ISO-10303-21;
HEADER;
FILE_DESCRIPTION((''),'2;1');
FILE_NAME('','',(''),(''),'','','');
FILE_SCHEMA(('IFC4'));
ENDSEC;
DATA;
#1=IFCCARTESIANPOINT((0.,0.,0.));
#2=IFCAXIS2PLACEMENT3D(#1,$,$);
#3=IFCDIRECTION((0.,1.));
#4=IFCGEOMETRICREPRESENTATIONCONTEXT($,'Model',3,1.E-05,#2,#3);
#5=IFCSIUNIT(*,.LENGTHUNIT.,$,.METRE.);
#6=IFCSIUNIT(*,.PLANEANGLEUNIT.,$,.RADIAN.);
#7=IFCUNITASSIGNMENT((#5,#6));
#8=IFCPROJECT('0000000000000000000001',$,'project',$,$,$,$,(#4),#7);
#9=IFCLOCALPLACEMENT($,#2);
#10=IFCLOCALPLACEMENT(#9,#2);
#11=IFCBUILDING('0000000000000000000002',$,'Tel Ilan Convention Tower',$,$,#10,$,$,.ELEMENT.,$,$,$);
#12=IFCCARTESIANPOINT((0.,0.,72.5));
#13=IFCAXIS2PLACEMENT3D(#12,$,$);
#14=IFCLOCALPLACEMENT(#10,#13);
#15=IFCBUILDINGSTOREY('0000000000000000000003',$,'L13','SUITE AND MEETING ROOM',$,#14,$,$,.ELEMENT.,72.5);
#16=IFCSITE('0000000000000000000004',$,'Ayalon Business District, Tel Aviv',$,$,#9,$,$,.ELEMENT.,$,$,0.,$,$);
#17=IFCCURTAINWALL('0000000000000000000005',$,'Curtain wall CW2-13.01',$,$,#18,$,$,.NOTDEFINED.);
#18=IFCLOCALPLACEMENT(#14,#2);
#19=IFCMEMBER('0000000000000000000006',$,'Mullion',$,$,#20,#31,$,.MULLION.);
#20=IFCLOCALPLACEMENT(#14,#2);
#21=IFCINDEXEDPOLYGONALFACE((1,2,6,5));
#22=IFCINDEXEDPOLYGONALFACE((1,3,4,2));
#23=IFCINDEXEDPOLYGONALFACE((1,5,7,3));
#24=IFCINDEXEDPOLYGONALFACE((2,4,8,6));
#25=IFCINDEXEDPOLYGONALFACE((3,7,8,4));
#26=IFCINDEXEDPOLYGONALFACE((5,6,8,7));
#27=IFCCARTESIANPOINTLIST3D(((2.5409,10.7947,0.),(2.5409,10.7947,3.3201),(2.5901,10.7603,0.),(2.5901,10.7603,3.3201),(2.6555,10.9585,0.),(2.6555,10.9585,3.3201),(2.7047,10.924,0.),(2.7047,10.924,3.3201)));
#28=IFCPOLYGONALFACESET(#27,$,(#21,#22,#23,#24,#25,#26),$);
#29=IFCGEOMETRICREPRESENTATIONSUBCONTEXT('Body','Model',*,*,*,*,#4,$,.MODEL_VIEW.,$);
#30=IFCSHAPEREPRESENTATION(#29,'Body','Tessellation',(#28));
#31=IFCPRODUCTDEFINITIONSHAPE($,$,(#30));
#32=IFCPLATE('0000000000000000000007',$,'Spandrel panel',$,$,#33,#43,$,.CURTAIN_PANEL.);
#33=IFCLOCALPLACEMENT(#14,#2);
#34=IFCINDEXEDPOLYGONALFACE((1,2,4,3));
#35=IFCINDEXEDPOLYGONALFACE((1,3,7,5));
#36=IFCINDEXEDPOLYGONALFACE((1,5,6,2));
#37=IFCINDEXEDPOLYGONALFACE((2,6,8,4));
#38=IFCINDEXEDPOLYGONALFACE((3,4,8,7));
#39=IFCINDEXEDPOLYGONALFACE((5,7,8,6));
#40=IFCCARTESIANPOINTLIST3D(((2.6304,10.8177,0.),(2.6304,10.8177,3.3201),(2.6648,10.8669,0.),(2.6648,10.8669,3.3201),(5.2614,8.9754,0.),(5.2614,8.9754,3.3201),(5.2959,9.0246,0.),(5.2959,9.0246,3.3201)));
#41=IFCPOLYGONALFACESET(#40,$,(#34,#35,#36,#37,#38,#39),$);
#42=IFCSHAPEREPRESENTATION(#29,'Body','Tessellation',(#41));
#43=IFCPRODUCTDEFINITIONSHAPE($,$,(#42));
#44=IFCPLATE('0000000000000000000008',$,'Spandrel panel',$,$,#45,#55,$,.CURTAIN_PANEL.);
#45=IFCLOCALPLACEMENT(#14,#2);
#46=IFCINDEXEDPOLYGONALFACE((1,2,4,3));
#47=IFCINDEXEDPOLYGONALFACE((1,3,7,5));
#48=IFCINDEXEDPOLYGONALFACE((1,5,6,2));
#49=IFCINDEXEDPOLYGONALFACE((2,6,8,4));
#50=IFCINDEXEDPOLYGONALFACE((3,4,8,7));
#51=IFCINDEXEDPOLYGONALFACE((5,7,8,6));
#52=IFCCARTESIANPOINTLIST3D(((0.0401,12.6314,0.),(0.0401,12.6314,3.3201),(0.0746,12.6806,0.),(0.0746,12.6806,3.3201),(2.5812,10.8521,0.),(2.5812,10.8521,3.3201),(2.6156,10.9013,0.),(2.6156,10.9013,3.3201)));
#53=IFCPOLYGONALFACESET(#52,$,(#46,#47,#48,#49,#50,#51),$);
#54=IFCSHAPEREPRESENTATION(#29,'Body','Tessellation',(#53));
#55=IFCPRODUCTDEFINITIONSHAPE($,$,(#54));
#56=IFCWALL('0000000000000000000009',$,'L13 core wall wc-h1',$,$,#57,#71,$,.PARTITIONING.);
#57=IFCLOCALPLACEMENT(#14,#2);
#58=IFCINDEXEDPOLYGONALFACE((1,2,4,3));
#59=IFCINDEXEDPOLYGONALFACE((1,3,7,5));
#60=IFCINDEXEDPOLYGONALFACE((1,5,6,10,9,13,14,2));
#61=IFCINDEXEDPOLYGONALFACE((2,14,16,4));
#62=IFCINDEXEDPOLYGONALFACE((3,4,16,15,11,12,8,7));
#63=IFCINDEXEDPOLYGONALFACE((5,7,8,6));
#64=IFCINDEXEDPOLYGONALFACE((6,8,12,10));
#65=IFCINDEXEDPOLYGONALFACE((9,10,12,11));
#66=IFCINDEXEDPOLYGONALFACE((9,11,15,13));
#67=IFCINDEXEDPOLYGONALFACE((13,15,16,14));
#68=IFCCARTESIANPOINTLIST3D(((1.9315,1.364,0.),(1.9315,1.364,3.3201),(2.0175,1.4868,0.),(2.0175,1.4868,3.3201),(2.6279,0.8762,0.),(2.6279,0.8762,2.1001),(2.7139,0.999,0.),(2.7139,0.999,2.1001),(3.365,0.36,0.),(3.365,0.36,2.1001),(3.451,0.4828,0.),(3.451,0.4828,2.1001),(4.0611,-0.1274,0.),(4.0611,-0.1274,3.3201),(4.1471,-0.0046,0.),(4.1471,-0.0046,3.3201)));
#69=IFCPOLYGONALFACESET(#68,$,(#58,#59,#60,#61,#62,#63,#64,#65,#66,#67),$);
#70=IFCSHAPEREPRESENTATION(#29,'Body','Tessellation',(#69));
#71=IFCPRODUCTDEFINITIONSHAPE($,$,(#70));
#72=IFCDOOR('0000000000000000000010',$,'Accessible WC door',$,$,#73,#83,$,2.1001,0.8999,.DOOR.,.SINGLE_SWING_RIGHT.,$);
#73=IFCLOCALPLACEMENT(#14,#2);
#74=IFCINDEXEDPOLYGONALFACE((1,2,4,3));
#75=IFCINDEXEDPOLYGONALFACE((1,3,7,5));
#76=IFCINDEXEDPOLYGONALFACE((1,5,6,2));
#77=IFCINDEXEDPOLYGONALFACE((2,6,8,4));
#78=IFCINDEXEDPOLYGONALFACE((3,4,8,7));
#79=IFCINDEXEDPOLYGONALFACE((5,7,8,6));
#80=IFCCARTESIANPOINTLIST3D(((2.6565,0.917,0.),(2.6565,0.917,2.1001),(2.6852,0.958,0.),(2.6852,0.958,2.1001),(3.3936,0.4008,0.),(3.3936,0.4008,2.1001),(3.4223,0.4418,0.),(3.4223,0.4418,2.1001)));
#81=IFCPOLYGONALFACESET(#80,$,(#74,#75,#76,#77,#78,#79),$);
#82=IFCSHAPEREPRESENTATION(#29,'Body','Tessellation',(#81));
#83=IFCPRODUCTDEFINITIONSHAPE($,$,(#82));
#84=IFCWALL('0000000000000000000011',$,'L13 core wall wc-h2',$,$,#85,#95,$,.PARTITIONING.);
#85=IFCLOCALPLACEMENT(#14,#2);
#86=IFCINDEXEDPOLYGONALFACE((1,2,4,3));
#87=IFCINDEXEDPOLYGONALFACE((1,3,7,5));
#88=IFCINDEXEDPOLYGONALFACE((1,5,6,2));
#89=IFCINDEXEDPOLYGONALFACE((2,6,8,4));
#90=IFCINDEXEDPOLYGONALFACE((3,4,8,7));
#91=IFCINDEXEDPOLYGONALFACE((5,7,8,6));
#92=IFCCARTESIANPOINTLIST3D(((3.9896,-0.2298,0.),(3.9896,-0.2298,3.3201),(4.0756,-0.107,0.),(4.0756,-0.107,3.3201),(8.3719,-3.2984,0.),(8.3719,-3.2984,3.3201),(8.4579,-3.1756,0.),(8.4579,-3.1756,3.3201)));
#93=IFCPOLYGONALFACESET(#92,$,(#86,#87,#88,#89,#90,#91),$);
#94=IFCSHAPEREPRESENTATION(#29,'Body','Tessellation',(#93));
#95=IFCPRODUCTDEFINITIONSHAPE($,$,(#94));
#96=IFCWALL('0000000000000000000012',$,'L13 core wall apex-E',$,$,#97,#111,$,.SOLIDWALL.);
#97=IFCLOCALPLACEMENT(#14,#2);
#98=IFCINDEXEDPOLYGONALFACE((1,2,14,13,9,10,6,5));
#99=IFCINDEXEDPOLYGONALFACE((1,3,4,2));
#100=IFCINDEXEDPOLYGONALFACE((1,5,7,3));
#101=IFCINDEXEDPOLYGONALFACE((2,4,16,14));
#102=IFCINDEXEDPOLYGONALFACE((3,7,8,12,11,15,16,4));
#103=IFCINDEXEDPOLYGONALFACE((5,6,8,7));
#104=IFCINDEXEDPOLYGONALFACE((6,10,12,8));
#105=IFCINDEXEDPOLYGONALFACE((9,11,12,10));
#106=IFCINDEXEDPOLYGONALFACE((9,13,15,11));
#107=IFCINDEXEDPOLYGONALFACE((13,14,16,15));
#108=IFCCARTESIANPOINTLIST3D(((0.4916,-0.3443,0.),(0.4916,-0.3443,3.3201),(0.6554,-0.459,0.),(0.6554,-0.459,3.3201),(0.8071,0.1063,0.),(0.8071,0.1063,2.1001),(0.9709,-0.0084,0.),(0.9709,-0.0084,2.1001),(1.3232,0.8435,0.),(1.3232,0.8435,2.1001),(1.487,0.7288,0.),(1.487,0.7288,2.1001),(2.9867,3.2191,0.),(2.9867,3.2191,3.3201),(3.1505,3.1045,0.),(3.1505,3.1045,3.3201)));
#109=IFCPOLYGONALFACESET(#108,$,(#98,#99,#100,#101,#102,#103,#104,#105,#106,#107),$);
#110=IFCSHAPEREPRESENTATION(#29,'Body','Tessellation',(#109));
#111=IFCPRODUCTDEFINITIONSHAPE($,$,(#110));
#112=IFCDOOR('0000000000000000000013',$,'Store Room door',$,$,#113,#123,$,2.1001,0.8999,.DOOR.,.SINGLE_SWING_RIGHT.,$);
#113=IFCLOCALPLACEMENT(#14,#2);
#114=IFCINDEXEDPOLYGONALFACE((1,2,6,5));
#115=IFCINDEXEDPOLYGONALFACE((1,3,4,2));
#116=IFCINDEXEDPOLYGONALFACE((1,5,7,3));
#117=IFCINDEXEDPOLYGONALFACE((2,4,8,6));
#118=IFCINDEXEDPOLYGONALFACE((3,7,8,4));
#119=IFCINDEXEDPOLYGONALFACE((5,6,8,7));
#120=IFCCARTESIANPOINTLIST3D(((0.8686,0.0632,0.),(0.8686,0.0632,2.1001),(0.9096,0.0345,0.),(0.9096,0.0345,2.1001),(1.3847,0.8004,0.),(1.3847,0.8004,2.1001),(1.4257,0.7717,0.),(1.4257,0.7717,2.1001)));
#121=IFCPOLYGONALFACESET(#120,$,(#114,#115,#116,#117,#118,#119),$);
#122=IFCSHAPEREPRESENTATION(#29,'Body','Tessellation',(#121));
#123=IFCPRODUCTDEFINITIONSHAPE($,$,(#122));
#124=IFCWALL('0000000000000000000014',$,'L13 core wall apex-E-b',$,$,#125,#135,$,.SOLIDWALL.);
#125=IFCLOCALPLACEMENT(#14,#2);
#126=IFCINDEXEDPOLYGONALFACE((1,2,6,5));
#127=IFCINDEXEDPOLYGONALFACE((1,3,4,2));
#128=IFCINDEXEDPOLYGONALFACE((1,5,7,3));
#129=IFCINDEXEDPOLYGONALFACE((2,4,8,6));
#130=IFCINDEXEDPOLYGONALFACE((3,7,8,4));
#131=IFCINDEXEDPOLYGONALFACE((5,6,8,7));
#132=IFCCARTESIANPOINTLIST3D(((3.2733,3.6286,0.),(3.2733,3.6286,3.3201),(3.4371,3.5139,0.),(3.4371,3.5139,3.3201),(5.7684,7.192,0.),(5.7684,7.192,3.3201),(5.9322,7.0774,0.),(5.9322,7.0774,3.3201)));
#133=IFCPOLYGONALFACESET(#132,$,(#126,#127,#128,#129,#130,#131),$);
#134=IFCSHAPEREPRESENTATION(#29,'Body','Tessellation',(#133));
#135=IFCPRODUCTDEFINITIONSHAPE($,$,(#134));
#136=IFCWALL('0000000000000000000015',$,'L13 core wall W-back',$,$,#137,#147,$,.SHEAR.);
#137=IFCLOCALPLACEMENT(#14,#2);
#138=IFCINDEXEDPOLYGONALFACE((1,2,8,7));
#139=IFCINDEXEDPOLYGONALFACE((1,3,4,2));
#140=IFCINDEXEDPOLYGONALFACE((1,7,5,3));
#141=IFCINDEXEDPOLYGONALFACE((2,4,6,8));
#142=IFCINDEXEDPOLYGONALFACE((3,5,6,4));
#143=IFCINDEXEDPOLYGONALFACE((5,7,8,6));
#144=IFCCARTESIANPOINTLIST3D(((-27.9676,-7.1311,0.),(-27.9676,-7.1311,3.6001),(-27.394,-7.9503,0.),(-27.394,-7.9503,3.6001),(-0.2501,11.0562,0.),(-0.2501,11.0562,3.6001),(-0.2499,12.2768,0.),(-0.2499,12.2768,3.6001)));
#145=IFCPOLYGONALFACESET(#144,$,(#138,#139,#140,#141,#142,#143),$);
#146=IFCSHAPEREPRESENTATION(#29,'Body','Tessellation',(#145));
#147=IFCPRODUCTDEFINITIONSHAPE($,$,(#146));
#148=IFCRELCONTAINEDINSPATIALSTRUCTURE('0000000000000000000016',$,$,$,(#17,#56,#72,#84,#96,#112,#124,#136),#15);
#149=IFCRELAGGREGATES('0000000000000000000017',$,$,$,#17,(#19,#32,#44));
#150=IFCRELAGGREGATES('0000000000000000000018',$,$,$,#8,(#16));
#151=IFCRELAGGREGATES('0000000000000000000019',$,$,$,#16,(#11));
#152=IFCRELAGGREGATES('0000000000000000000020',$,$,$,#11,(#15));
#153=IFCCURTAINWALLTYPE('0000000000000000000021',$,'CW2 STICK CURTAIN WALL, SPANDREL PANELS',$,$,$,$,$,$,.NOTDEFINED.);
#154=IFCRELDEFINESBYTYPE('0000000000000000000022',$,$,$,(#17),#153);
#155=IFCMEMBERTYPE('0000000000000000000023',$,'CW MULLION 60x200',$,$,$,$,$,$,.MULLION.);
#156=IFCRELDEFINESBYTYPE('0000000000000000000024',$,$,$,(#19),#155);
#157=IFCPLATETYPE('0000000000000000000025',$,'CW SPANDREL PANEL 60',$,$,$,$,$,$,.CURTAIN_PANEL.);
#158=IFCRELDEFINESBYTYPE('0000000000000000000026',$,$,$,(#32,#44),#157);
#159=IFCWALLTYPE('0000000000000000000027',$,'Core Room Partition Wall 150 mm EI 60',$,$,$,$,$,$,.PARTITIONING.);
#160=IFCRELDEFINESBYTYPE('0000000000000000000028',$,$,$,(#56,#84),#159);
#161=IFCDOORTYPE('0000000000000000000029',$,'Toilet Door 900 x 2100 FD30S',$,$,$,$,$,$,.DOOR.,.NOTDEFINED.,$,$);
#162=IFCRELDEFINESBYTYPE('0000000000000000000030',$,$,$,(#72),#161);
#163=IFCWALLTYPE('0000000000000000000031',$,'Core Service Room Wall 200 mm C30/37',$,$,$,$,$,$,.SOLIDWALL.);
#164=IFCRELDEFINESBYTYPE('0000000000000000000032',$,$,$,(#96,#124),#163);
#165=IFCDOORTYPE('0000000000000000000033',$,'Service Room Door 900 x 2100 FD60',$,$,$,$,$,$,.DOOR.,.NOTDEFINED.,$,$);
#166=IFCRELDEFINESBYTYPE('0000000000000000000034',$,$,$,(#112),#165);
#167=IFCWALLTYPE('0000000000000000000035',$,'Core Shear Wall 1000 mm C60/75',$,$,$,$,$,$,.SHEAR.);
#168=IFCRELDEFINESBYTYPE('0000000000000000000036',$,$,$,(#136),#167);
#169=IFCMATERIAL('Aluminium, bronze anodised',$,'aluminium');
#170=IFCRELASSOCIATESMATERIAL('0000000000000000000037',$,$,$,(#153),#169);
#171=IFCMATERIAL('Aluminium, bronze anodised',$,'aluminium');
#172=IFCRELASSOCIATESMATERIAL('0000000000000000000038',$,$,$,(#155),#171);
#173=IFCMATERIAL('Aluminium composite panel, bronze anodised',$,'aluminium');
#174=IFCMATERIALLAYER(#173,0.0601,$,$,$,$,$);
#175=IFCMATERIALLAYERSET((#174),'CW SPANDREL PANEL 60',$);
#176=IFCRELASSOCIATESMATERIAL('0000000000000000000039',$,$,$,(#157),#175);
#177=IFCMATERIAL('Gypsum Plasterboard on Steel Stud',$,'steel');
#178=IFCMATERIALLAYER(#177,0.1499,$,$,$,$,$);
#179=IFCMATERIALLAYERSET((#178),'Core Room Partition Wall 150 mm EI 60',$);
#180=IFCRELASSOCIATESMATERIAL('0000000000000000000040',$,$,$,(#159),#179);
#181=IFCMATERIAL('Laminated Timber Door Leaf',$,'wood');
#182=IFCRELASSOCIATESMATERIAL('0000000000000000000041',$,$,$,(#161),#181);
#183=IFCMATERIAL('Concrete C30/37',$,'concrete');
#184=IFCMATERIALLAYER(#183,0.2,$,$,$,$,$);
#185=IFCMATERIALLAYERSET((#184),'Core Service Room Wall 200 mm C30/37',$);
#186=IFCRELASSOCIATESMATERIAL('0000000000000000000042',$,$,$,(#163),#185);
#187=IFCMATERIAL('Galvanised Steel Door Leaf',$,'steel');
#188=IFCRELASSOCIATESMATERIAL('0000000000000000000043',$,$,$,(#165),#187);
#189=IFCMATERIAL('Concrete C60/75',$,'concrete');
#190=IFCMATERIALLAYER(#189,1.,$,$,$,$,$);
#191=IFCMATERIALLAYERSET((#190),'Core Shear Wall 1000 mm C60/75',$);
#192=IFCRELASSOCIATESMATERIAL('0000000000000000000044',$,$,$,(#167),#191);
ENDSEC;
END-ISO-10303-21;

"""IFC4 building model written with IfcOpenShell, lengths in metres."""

from ifc_helpers import new_model, si_unit, direction, frame, frame_2d, origin, origin_2d, place, context, subcontext, project, spatial, polyline, rectangle, outline, extrude, material, layer, layer_set, material_profile, profile_set, type_object, element, fill, aggregate, save


model = new_model("IFC4")

# Units and contexts
model_context = context("Model", 3, precision=1e-05, world=origin(), true_north=direction((0.0, 1.0)))
body_context = subcontext(model_context, "Body", "Model", "MODEL_VIEW")
ifc_project = project(units=[si_unit("LENGTHUNIT", "METRE"), si_unit("PLANEANGLEUNIT", "RADIAN")], contexts=[model_context])

# Site, building, storey
site_placement = place(None, origin())
site = spatial("IfcSite", under=ifc_project, at=site_placement, Name="Ayalon Business District, Tel Aviv", CompositionType="ELEMENT", RefElevation=0.0)
building_placement = place(site_placement, origin())
building = spatial("IfcBuilding", under=site, at=building_placement, Name="Tel Ilan Convention Tower", CompositionType="ELEMENT")
storey_placement = place(building_placement, frame((0.0, 0.0, 72.5)))
storey = spatial("IfcBuildingStorey", under=building, at=storey_placement, Name="L13", Description="SUITE AND MEETING ROOM", CompositionType="ELEMENT", Elevation=72.5)

# Curtain wall, member, plates
ifc_material_1 = material(Name="Aluminium, bronze anodised", Category="aluminium")
curtain_wall_type = type_object("IfcCurtainWallType", Name="CW2 STICK CURTAIN WALL, SPANDREL PANELS", PredefinedType="NOTDEFINED", material=ifc_material_1)
curtain_wall_placement = place(storey_placement, origin())
curtain_wall = element("IfcCurtainWall", 1, at=curtain_wall_placement, inside=storey, type_object=curtain_wall_type, Name="Curtain wall CW2-13.01", PredefinedType="NOTDEFINED")
ifc_material_2 = material(Name="Aluminium, bronze anodised", Category="aluminium")
ifc_material_profile = material_profile(ifc_material_2, rectangle(XDim=0.0601, YDim=0.2, at=origin_2d()), Name="CW MULLION 60x200")
ifc_profile_set = profile_set([ifc_material_profile], Name="Aluminium, bronze anodised")
member_type = type_object("IfcMemberType", Name="CW MULLION 60x200", PredefinedType="MULLION", material=ifc_profile_set)
member_placement = place(storey_placement, frame((2.6228, 10.8594, 0.0), z_axis=(0.0, 0.0, 1.0), x_axis=(-0.819152, 0.573576, 0.0)))
member = element("IfcMember", 2, at=member_placement, type_object=member_type, Name="Mullion", PredefinedType="MULLION", context=body_context, shape_type="SweptSolid", body=[
    extrude(rectangle(XDim=0.0601, YDim=0.2, at=origin_2d()), origin(), (0.0, 0.0, 1.0), 3.3201),
])
ifc_material_3 = material(Name="Aluminium composite panel, bronze anodised", Category="aluminium")
ifc_layer_1 = layer(ifc_material_3, 0.0601)
ifc_layer_set_1 = layer_set([ifc_layer_1], Name="CW SPANDREL PANEL 60")
plate_type = type_object("IfcPlateType", Name="CW SPANDREL PANEL 60", PredefinedType="CURTAIN_PANEL", material=ifc_layer_set_1)
plate_1_placement = place(storey_placement, frame((3.9631, 9.9211, 0.0), z_axis=(0.0, 0.0, 1.0), x_axis=(-0.819152, 0.573576, 0.0)))
plate_1 = element("IfcPlate", 3, at=plate_1_placement, type_object=plate_type, Name="Spandrel panel", PredefinedType="CURTAIN_PANEL", context=body_context, shape_type="SweptSolid", body=[
    extrude(rectangle(XDim=3.2119, YDim=0.0601, at=origin_2d()), origin(), (0.0, 0.0, 1.0), 3.3201),
])
plate_2_placement = place(storey_placement, frame((1.3279, 11.7664, 0.0), z_axis=(0.0, 0.0, 1.0), x_axis=(-0.819152, 0.573576, 0.0)))
plate_2 = element("IfcPlate", 4, at=plate_2_placement, type_object=plate_type, Name="Spandrel panel", PredefinedType="CURTAIN_PANEL", context=body_context, shape_type="SweptSolid", body=[
    extrude(rectangle(XDim=3.1021, YDim=0.0601, at=origin_2d()), origin(), (0.0, 0.0, 1.0), 3.3201),
])
aggregate(curtain_wall, [member, plate_1, plate_2])

# Wall, opening, door
ifc_material_4 = material(Name="Gypsum Plasterboard on Steel Stud", Category="steel")
ifc_layer_2 = layer(ifc_material_4, 0.1499)
ifc_layer_set_2 = layer_set([ifc_layer_2], Name="Core Room Partition Wall 150 mm EI 60")
wall_type_1 = type_object("IfcWallType", Name="Core Room Partition Wall 150 mm EI 60", PredefinedType="PARTITIONING", material=ifc_layer_set_2)
wall_1_placement = place(storey_placement, frame((1.9746, 1.4253, 0.0), z_axis=(0.0, 0.0, 1.0), x_axis=(0.819104, -0.573645, 0.0)))
wall_1 = element("IfcWall", 5, at=wall_1_placement, inside=storey, type_object=wall_type_1, Name="L13 core wall wc-h1", PredefinedType="PARTITIONING", context=body_context, shape_type="SweptSolid", body=[
    extrude(rectangle(XDim=2.5999, YDim=0.1499, at=frame_2d((1.2998, 0.0))), origin(), (0.0, 0.0, 1.0), 3.3201),
])
opening_1_placement = place(wall_1_placement, frame((0.8501, 0.0, 0.0)))
opening_1 = element("IfcOpeningElement", 6, at=opening_1_placement, cuts=wall_1, PredefinedType="OPENING", context=body_context, shape_type="SweptSolid", body=[
    extrude(rectangle(XDim=0.8999, YDim=2.1001, at=frame_2d((0.45, 1.05))), frame((0.0, 0.085, 0.0), z_axis=(0.0, -1.0, 0.0), x_axis=(1.0, 0.0, 0.0)), (0.0, 0.0, 1.0), 0.1699),
])
ifc_material_5 = material(Name="Laminated Timber Door Leaf", Category="wood")
door_type_1 = type_object("IfcDoorType", Name="Toilet Door 900 x 2100 FD30S", OperationType="NOTDEFINED", PredefinedType="DOOR", material=ifc_material_5)
door_1_placement = place(opening_1_placement, origin())
door_1 = element("IfcDoor", 7, at=door_1_placement, inside=storey, type_object=door_type_1, Name="Accessible WC door", OperationType="SINGLE_SWING_RIGHT", OverallHeight=2.1001, OverallWidth=0.8999, PredefinedType="DOOR", context=body_context, shape_type="SweptSolid", body=[
    extrude(rectangle(XDim=0.8999, YDim=2.1001, at=frame_2d((0.45, 1.05))), frame((0.0, 0.0249, 0.0), z_axis=(0.0, -1.0, 0.0), x_axis=(1.0, 0.0, 0.0)), (0.0, 0.0, 1.0), 0.05),
])
fill(opening_1, door_1)

# Wall
wall_2_placement = place(storey_placement, frame((4.0327, -0.1685, 0.0), z_axis=(0.0, 0.0, 1.0), x_axis=(0.819146, -0.573585, 0.0)))
element("IfcWall", 8, at=wall_2_placement, inside=storey, type_object=wall_type_1, Name="L13 core wall wc-h2", PredefinedType="PARTITIONING", context=body_context, shape_type="SweptSolid", body=[
    extrude(rectangle(XDim=5.3499, YDim=0.1499, at=frame_2d((2.6748, 0.0))), origin(), (0.0, 0.0, 1.0), 3.3201),
])

# Wall, opening, door
ifc_material_6 = material(Name="Concrete C30/37", Category="concrete")
ifc_layer_3 = layer(ifc_material_6, 0.2)
ifc_layer_set_3 = layer_set([ifc_layer_3], Name="Core Service Room Wall 200 mm C30/37")
wall_type_2 = type_object("IfcWallType", Name="Core Service Room Wall 200 mm C30/37", PredefinedType="SOLIDWALL", material=ifc_layer_set_3)
wall_3_placement = place(storey_placement, frame((0.5735, -0.4016, 0.0), z_axis=(0.0, 0.0, 1.0), x_axis=(0.573568, 0.819158, 0.0)))
wall_3 = element("IfcWall", 9, at=wall_3_placement, inside=storey, type_object=wall_type_2, Name="L13 core wall apex-E", PredefinedType="SOLIDWALL", context=body_context, shape_type="SweptSolid", body=[
    extrude(rectangle(XDim=4.3501, YDim=0.2, at=frame_2d((2.175, 0.0))), origin(), (0.0, 0.0, 1.0), 3.3201),
])
opening_2_placement = place(wall_3_placement, frame((0.55, 0.0, 0.0)))
opening_2 = element("IfcOpeningElement", 10, at=opening_2_placement, cuts=wall_3, PredefinedType="OPENING", context=body_context, shape_type="SweptSolid", body=[
    extrude(rectangle(XDim=0.8999, YDim=2.1001, at=frame_2d((0.45, 1.05))), frame((0.0, 0.1099, 0.0), z_axis=(0.0, -1.0, 0.0), x_axis=(1.0, 0.0, 0.0)), (0.0, 0.0, 1.0), 0.22),
])
ifc_material_7 = material(Name="Galvanised Steel Door Leaf", Category="steel")
door_type_2 = type_object("IfcDoorType", Name="Service Room Door 900 x 2100 FD60", OperationType="NOTDEFINED", PredefinedType="DOOR", material=ifc_material_7)
door_2_placement = place(opening_2_placement, origin())
door_2 = element("IfcDoor", 11, at=door_2_placement, inside=storey, type_object=door_type_2, Name="Store Room door", OperationType="SINGLE_SWING_RIGHT", OverallHeight=2.1001, OverallWidth=0.8999, PredefinedType="DOOR", context=body_context, shape_type="SweptSolid", body=[
    extrude(rectangle(XDim=0.8999, YDim=2.1001, at=frame_2d((0.45, 1.05))), frame((0.0, 0.0249, 0.0), z_axis=(0.0, -1.0, 0.0), x_axis=(1.0, 0.0, 0.0)), (0.0, 0.0, 1.0), 0.05),
])
fill(opening_2, door_2)

# Walls
wall_4_placement = place(storey_placement, frame((3.3552, 3.5713, 0.0), z_axis=(0.0, 0.0, 1.0), x_axis=(0.573568, 0.819158, 0.0)))
element("IfcWall", 12, at=wall_4_placement, inside=storey, type_object=wall_type_2, Name="L13 core wall apex-E-b", PredefinedType="SOLIDWALL", context=body_context, shape_type="SweptSolid", body=[
    extrude(rectangle(XDim=4.3501, YDim=0.2, at=frame_2d((2.175, 0.0))), origin(), (0.0, 0.0, 1.0), 3.3201),
])
ifc_material_8 = material(Name="Concrete C60/75", Category="concrete")
ifc_layer_4 = layer(ifc_material_8, 1.0)
ifc_layer_set_4 = layer_set([ifc_layer_4], Name="Core Shear Wall 1000 mm C60/75")
wall_type_3 = type_object("IfcWallType", Name="Core Shear Wall 1000 mm C60/75", PredefinedType="SHEAR", material=ifc_layer_set_4)
wall_5_placement = place(storey_placement, frame((0.0369, 11.8672, 0.0), z_axis=(0.0, 0.0, 1.0), x_axis=(-0.819155, -0.573572, 0.0)))
element("IfcWall", 13, at=wall_5_placement, inside=storey, type_object=wall_type_3, Name="L13 core wall W-back", PredefinedType="SHEAR", context=body_context, shape_type="SweptSolid", body=[
    extrude(outline(polyline([(33.8369, 0.5), (0.7002, 0.4998), (0.0, -0.5), (33.8369, -0.5), (33.8369, 0.5)])), origin(), (0.0, 0.0, 1.0), 3.6001),
])

save(model, "model.ifc")
